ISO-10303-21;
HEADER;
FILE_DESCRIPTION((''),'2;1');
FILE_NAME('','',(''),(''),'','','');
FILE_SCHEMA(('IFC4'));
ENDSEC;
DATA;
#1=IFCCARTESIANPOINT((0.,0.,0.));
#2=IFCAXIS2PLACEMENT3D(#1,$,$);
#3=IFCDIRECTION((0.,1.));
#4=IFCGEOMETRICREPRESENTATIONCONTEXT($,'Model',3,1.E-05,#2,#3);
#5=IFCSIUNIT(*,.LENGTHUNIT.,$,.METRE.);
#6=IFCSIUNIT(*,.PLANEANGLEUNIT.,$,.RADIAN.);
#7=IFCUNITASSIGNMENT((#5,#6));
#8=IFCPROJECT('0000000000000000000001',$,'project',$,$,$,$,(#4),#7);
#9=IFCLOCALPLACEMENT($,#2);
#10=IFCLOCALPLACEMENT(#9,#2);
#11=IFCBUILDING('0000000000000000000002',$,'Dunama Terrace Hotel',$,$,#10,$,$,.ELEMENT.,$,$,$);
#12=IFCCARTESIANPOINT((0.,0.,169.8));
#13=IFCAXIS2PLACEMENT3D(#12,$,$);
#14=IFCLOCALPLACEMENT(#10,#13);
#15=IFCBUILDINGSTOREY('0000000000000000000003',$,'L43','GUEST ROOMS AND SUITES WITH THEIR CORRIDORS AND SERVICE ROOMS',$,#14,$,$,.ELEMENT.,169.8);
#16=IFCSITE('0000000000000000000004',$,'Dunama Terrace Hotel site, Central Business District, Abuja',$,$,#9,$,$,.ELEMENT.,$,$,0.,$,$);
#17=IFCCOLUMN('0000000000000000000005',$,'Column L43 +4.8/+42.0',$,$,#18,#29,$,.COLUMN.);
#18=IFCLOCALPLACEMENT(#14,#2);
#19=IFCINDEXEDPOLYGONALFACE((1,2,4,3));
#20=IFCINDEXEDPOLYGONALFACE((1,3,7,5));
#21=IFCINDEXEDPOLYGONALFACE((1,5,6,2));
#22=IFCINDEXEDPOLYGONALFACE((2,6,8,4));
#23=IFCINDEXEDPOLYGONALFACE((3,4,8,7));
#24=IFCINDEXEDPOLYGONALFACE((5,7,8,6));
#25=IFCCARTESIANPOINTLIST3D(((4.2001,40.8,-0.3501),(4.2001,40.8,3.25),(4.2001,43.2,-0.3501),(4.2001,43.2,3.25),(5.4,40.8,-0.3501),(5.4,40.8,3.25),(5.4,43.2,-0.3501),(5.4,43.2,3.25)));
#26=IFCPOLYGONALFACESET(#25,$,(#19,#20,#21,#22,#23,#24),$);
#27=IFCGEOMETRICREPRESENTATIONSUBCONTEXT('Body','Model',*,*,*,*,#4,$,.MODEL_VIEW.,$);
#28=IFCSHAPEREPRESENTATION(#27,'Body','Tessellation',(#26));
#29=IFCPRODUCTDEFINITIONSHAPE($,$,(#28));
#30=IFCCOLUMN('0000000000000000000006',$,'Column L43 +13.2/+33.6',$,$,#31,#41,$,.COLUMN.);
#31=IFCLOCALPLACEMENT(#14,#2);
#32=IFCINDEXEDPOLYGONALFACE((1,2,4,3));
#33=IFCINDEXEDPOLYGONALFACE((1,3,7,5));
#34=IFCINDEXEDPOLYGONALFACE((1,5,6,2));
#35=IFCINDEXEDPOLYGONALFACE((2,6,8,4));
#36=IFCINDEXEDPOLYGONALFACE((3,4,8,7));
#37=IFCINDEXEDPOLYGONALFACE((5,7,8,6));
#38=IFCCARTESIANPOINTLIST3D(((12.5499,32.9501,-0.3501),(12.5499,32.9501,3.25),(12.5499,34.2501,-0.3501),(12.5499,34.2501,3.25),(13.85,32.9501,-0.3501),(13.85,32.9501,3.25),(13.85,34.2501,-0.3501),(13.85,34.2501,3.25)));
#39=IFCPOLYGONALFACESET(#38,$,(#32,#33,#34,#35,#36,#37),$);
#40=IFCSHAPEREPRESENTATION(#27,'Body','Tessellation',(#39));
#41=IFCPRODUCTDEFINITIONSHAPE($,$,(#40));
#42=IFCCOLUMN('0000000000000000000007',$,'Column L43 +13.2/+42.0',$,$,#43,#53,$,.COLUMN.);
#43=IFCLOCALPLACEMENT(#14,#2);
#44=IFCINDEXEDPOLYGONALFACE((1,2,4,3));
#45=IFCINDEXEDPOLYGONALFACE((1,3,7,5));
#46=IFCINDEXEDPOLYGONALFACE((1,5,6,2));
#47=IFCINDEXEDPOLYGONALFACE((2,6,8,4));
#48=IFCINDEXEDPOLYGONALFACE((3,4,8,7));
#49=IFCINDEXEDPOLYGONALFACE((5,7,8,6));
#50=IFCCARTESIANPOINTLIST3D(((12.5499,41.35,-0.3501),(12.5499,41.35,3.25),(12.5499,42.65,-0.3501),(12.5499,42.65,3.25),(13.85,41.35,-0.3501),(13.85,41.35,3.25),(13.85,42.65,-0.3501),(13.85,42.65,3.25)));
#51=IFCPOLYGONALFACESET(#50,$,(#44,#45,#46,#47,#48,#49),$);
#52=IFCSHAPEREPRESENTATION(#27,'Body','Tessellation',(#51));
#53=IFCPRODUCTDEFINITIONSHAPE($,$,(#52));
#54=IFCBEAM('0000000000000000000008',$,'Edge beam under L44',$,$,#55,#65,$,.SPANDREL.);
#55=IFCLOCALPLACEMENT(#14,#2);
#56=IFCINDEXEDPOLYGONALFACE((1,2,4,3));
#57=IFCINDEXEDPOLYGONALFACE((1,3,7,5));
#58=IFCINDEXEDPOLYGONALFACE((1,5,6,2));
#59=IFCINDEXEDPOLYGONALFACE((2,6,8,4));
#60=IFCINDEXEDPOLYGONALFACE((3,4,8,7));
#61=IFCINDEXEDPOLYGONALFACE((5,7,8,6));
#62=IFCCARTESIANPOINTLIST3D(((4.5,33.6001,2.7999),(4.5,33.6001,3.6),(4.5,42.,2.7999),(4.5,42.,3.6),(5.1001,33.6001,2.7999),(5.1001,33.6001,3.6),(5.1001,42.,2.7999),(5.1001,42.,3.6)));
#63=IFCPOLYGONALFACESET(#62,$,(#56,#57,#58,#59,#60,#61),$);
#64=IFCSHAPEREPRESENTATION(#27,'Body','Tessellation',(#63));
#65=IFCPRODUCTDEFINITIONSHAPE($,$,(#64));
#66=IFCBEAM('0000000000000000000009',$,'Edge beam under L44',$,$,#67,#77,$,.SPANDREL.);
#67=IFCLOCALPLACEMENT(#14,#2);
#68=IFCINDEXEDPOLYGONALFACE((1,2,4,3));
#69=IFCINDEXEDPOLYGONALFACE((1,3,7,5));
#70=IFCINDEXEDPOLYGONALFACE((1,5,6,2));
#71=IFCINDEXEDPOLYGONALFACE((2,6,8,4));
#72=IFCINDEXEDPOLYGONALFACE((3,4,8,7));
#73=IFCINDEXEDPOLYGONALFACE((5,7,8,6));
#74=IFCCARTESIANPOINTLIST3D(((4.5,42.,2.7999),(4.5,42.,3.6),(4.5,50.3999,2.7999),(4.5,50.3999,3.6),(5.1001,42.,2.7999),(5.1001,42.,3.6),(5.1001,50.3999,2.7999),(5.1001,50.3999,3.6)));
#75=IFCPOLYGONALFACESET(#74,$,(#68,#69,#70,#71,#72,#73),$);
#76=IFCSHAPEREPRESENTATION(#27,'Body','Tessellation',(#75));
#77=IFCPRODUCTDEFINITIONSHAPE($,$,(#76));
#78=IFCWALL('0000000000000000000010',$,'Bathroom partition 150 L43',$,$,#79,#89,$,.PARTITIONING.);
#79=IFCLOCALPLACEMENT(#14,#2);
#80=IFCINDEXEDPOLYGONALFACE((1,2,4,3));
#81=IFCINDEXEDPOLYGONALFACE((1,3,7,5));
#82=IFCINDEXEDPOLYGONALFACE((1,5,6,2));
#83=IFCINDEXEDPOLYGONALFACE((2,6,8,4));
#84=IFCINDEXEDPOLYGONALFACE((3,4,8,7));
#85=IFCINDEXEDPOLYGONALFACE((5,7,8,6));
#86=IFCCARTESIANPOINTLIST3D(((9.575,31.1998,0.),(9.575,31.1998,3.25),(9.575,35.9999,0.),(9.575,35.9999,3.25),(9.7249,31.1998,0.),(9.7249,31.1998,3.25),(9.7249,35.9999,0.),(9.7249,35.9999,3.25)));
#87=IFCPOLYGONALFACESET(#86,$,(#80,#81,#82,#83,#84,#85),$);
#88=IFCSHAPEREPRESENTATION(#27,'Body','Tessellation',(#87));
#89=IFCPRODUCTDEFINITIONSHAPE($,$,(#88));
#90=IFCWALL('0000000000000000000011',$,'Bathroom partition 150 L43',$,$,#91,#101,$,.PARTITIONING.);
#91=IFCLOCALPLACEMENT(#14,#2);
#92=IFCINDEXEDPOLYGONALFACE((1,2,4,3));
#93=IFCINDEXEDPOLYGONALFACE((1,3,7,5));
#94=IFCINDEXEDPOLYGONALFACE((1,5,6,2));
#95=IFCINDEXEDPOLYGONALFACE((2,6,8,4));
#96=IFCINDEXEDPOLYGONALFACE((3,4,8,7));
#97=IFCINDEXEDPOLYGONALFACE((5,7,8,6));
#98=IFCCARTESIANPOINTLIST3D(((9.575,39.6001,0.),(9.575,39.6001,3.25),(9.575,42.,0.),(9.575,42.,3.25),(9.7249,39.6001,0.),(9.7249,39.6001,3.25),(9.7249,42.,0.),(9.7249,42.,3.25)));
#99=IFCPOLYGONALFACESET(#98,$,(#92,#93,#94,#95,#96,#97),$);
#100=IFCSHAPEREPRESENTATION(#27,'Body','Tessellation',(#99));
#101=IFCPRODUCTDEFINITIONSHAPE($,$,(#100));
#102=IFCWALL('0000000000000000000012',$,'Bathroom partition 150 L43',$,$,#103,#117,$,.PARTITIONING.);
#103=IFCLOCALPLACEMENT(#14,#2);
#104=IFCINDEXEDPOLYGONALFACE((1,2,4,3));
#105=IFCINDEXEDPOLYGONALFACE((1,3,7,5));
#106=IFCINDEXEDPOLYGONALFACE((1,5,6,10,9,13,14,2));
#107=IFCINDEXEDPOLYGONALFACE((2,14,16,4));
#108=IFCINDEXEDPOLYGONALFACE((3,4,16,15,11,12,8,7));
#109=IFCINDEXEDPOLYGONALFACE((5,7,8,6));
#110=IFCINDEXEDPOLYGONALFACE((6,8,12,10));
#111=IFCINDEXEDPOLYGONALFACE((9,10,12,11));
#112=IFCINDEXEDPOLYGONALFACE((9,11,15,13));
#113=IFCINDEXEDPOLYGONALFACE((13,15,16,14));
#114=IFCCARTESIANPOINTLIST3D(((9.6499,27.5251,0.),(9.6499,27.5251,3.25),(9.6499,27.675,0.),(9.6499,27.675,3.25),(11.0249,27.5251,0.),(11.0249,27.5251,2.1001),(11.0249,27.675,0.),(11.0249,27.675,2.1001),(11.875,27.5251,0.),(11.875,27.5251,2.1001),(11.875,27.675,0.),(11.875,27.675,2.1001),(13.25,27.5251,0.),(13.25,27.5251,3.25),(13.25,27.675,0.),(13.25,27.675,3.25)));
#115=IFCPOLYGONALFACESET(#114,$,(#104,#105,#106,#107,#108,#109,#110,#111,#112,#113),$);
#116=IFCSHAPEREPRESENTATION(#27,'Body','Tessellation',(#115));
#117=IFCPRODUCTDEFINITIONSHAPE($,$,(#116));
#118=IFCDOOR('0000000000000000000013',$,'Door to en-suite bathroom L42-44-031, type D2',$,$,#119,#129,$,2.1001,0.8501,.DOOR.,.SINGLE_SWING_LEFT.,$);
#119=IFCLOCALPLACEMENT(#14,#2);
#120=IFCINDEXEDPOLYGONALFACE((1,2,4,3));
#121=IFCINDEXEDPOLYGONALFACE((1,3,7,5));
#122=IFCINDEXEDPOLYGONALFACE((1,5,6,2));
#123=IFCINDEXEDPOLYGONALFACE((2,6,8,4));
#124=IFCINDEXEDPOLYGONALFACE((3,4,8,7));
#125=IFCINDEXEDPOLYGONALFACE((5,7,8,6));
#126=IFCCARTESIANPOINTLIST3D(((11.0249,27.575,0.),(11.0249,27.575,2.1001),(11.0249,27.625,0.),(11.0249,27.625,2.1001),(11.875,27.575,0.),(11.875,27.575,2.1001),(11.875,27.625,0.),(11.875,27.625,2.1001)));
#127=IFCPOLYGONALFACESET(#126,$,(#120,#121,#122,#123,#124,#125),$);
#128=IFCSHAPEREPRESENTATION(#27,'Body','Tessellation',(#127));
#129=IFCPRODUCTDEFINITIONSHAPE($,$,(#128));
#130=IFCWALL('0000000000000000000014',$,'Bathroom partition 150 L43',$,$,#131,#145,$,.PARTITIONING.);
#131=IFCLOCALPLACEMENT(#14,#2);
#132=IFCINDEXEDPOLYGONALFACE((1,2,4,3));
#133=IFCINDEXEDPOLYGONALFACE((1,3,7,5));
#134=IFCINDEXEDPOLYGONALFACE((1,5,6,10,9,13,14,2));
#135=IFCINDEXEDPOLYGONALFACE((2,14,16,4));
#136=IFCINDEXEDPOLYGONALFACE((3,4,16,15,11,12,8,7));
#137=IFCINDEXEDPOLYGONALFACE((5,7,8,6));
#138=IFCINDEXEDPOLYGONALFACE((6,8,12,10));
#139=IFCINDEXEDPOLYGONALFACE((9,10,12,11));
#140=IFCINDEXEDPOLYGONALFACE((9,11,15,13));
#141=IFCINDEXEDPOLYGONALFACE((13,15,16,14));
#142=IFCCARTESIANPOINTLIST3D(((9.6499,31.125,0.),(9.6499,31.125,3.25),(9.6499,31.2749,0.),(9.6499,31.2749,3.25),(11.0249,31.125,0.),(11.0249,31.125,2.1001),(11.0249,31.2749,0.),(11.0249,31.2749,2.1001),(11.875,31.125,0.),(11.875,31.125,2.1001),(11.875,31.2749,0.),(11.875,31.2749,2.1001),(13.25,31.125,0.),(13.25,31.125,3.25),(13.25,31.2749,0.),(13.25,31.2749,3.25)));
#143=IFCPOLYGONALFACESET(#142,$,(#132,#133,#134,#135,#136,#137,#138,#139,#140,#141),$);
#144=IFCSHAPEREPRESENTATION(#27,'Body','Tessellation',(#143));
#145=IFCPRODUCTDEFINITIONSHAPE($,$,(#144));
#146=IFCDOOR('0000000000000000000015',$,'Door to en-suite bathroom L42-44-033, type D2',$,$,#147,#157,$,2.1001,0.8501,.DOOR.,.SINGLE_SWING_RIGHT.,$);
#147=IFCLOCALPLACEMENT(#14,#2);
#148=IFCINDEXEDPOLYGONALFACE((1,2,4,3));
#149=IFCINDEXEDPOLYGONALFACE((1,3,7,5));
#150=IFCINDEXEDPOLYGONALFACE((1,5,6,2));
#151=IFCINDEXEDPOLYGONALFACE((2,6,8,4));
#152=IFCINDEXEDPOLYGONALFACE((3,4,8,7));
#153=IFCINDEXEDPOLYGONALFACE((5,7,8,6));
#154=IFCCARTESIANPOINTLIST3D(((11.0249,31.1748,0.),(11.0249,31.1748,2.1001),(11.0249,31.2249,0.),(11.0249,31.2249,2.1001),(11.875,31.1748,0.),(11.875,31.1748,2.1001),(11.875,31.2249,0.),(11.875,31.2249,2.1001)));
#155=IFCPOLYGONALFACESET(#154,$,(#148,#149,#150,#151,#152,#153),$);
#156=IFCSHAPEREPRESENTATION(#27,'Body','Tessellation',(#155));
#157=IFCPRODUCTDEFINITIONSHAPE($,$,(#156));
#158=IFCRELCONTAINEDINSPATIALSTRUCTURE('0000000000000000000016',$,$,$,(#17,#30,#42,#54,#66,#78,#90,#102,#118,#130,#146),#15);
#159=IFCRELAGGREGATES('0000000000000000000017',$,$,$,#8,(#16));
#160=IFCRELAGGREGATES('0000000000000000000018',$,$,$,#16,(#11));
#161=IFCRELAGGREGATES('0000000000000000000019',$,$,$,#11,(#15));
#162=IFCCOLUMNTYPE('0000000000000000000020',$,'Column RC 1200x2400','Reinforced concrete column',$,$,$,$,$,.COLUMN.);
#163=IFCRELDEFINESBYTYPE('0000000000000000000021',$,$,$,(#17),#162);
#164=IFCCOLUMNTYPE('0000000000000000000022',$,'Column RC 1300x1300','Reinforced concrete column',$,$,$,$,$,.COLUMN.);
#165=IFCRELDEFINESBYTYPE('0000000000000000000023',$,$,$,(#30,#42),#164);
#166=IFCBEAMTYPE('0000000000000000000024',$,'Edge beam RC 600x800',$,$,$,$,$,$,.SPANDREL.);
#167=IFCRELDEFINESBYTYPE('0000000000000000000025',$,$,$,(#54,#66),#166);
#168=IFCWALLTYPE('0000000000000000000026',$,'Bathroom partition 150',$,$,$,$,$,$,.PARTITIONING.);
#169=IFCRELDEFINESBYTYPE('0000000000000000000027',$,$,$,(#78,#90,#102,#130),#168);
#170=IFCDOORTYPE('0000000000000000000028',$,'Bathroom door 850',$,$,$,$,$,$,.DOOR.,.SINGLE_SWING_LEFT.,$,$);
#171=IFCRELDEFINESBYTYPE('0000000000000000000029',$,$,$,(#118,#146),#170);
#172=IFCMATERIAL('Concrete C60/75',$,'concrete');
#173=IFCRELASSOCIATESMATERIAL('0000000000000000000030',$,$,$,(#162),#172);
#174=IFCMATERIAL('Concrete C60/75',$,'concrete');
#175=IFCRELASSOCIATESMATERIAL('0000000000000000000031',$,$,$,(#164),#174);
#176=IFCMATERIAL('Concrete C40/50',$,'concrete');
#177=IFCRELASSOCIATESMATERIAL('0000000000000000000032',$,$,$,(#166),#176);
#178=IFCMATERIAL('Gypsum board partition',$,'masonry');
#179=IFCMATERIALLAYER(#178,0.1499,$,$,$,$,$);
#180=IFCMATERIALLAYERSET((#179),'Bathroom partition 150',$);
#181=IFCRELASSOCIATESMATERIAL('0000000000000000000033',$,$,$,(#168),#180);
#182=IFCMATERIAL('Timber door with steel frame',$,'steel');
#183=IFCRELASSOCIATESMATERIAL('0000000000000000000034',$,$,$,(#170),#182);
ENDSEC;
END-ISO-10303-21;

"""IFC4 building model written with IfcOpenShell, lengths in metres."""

from ifc_helpers import new_model, si_unit, direction, frame, frame_2d, origin, origin_2d, place, context, subcontext, project, spatial, rectangle, extrude, material, layer, layer_set, material_profile, profile_set, type_object, element, fill, save


model = new_model("IFC4")

# Units and contexts
model_context = context("Model", 3, precision=1e-05, world=origin(), true_north=direction((0.0, 1.0)))
body_context = subcontext(model_context, "Body", "Model", "MODEL_VIEW")
ifc_project = project(units=[si_unit("LENGTHUNIT", "METRE"), si_unit("PLANEANGLEUNIT", "RADIAN")], contexts=[model_context])

# Site, building, storey
site_placement = place(None, origin())
site = spatial("IfcSite", under=ifc_project, at=site_placement, Name="Dunama Terrace Hotel site, Central Business District, Abuja", CompositionType="ELEMENT", RefElevation=0.0)
building_placement = place(site_placement, origin())
building = spatial("IfcBuilding", under=site, at=building_placement, Name="Dunama Terrace Hotel", CompositionType="ELEMENT")
storey_placement = place(building_placement, frame((0.0, 0.0, 169.8)))
storey = spatial("IfcBuildingStorey", under=building, at=storey_placement, Name="L43", Description="GUEST ROOMS AND SUITES WITH THEIR CORRIDORS AND SERVICE ROOMS", CompositionType="ELEMENT", Elevation=169.8)

# Columns
ifc_material_1 = material(Name="Concrete C60/75", Category="concrete")
ifc_material_profile_1 = material_profile(ifc_material_1, rectangle(XDim=1.2, YDim=2.3999, at=origin_2d()), Name="RC 1200x2400")
ifc_profile_set_1 = profile_set([ifc_material_profile_1], Name="Concrete C60/75")
column_type_1 = type_object("IfcColumnType", Name="Column RC 1200x2400", Description="Reinforced concrete column", PredefinedType="COLUMN", material=ifc_profile_set_1)
column_placement = place(storey_placement, frame((4.8, 42.0, -0.3501), z_axis=(0.0, 0.0, 1.0), x_axis=(1.0, 0.0, 0.0)))
element("IfcColumn", 1, at=column_placement, inside=storey, type_object=column_type_1, Name="Column L43 +4.8/+42.0", PredefinedType="COLUMN", context=body_context, shape_type="SweptSolid", body=[
    extrude(rectangle(XDim=1.2, YDim=2.3999, at=origin_2d()), origin(), (0.0, 0.0, 1.0), 3.6001),
])
ifc_material_2 = material(Name="Concrete C60/75", Category="concrete")
ifc_material_profile_2 = material_profile(ifc_material_2, rectangle(XDim=1.3, YDim=1.3, at=origin_2d()), Name="RC 1300x1300")
ifc_profile_set_2 = profile_set([ifc_material_profile_2], Name="Concrete C60/75")
column_type_2 = type_object("IfcColumnType", Name="Column RC 1300x1300", Description="Reinforced concrete column", PredefinedType="COLUMN", material=ifc_profile_set_2)
for number, where, z_axis, x_axis, name in (
    (2, (13.2, 33.6001, -0.3501), (0.0, 0.0, 1.0), (1.0, 0.0, 0.0), "Column L43 +13.2/+33.6"),
    (3, (13.2, 42.0, -0.3501), (0.0, 0.0, 1.0), (1.0, 0.0, 0.0), "Column L43 +13.2/+42.0"),
):
    element("IfcColumn", number, at=place(storey_placement, frame(where, z_axis=z_axis, x_axis=x_axis)), inside=storey, type_object=column_type_2, Name=name, PredefinedType="COLUMN", context=body_context, shape_type="SweptSolid", body=[
        extrude(rectangle(XDim=1.3, YDim=1.3, at=origin_2d()), origin(), (0.0, 0.0, 1.0), 3.6001),
    ])

# Beams
ifc_material_3 = material(Name="Concrete C40/50", Category="concrete")
ifc_material_profile_3 = material_profile(ifc_material_3, rectangle(XDim=0.6001, YDim=0.8, at=origin_2d()), Name="RC 600x800")
ifc_profile_set_3 = profile_set([ifc_material_profile_3], Name="Concrete C40/50")
beam_type = type_object("IfcBeamType", Name="Edge beam RC 600x800", PredefinedType="SPANDREL", material=ifc_profile_set_3)
for number, where, z_axis, x_axis, name in (
    (4, (4.8, 33.6001, 3.2), (0.0, 1.0, 0.0), (-1.0, 0.0, 0.0), "Edge beam under L44"),
    (5, (4.8, 42.0, 3.2), (0.0, 1.0, 0.0), (-1.0, 0.0, 0.0), "Edge beam under L44"),
):
    element("IfcBeam", number, at=place(storey_placement, frame(where, z_axis=z_axis, x_axis=x_axis)), inside=storey, type_object=beam_type, Name=name, PredefinedType="SPANDREL", context=body_context, shape_type="SweptSolid", body=[
        extrude(rectangle(XDim=0.6001, YDim=0.8, at=origin_2d()), origin(), (0.0, 0.0, 1.0), 8.3999),
    ])

# Walls
ifc_material_4 = material(Name="Gypsum board partition", Category="masonry")
ifc_layer = layer(ifc_material_4, 0.1499)
ifc_layer_set = layer_set([ifc_layer], Name="Bathroom partition 150")
wall_type = type_object("IfcWallType", Name="Bathroom partition 150", PredefinedType="PARTITIONING", material=ifc_layer_set)
wall_1_placement = place(storey_placement, frame((9.6499, 31.2, 0.0), z_axis=(0.0, 0.0, 1.0), x_axis=(0.0, 1.0, 0.0)))
element("IfcWall", 6, at=wall_1_placement, inside=storey, type_object=wall_type, Name="Bathroom partition 150 L43", PredefinedType="PARTITIONING", context=body_context, shape_type="SweptSolid", body=[
    extrude(rectangle(XDim=4.8, YDim=0.1499, at=frame_2d((2.3999, 0.0))), origin(), (0.0, 0.0, 1.0), 3.25),
])
wall_2_placement = place(storey_placement, frame((9.6499, 39.6001, 0.0), z_axis=(0.0, 0.0, 1.0), x_axis=(0.0, 1.0, 0.0)))
element("IfcWall", 7, at=wall_2_placement, inside=storey, type_object=wall_type, Name="Bathroom partition 150 L43", PredefinedType="PARTITIONING", context=body_context, shape_type="SweptSolid", body=[
    extrude(rectangle(XDim=2.3999, YDim=0.1499, at=frame_2d((1.2, 0.0))), origin(), (0.0, 0.0, 1.0), 3.25),
])

# Walls, openings, doors
wall_3_placement = place(storey_placement, frame((9.6499, 27.6001, 0.0), z_axis=(0.0, 0.0, 1.0), x_axis=(1.0, 0.0, 0.0)))
wall_3 = element("IfcWall", 8, at=wall_3_placement, inside=storey, type_object=wall_type, Name="Bathroom partition 150 L43", PredefinedType="PARTITIONING", context=body_context, shape_type="SweptSolid", body=[
    extrude(rectangle(XDim=3.6001, YDim=0.1499, at=frame_2d((1.8, 0.0))), origin(), (0.0, 0.0, 1.0), 3.25),
])
opening_1_placement = place(wall_3_placement, frame((1.375, 0.0, 0.0)))
opening_1 = element("IfcOpeningElement", 9, at=opening_1_placement, cuts=wall_3, PredefinedType="OPENING", context=body_context, shape_type="SweptSolid", body=[
    extrude(rectangle(XDim=0.8501, YDim=2.1001, at=frame_2d((0.425, 1.05))), frame((0.0, 0.085, 0.0), z_axis=(0.0, -1.0, 0.0), x_axis=(1.0, 0.0, 0.0)), (0.0, 0.0, 1.0), 0.1699),
])
ifc_material_5 = material(Name="Timber door with steel frame", Category="steel")
door_type = type_object("IfcDoorType", Name="Bathroom door 850", OperationType="SINGLE_SWING_LEFT", PredefinedType="DOOR", material=ifc_material_5)
door_1_placement = place(opening_1_placement, frame((0.8501, 0.0, 0.0), z_axis=(0.0, 0.0, 1.0), x_axis=(-1.0, 0.0, 0.0)))
door_1 = element("IfcDoor", 10, at=door_1_placement, inside=storey, type_object=door_type, Name="Door to en-suite bathroom L42-44-031, type D2", OperationType="SINGLE_SWING_LEFT", OverallHeight=2.1001, OverallWidth=0.8501, PredefinedType="DOOR", context=body_context, shape_type="SweptSolid", body=[
    extrude(rectangle(XDim=0.8501, YDim=2.1001, at=frame_2d((0.425, 1.05))), frame((0.0, 0.0251, 0.0), z_axis=(0.0, -1.0, 0.0), x_axis=(1.0, 0.0, 0.0)), (0.0, 0.0, 1.0), 0.05),
])
fill(opening_1, door_1)
wall_4_placement = place(storey_placement, frame((9.6499, 31.2, 0.0), z_axis=(0.0, 0.0, 1.0), x_axis=(1.0, 0.0, 0.0)))
wall_4 = element("IfcWall", 11, at=wall_4_placement, inside=storey, type_object=wall_type, Name="Bathroom partition 150 L43", PredefinedType="PARTITIONING", context=body_context, shape_type="SweptSolid", body=[
    extrude(rectangle(XDim=3.6001, YDim=0.1499, at=frame_2d((1.8, 0.0))), origin(), (0.0, 0.0, 1.0), 3.25),
])
opening_2_placement = place(wall_4_placement, frame((1.375, 0.0, 0.0)))
opening_2 = element("IfcOpeningElement", 12, at=opening_2_placement, cuts=wall_4, PredefinedType="OPENING", context=body_context, shape_type="SweptSolid", body=[
    extrude(rectangle(XDim=0.8501, YDim=2.1001, at=frame_2d((0.425, 1.05))), frame((0.0, 0.085, 0.0), z_axis=(0.0, -1.0, 0.0), x_axis=(1.0, 0.0, 0.0)), (0.0, 0.0, 1.0), 0.1699),
])
door_2_placement = place(opening_2_placement, origin())
door_2 = element("IfcDoor", 13, at=door_2_placement, inside=storey, type_object=door_type, Name="Door to en-suite bathroom L42-44-033, type D2", OperationType="SINGLE_SWING_RIGHT", OverallHeight=2.1001, OverallWidth=0.8501, PredefinedType="DOOR", context=body_context, shape_type="SweptSolid", body=[
    extrude(rectangle(XDim=0.8501, YDim=2.1001, at=frame_2d((0.425, 1.05))), frame((0.0, 0.0249, 0.0), z_axis=(0.0, -1.0, 0.0), x_axis=(1.0, 0.0, 0.0)), (0.0, 0.0, 1.0), 0.05),
])
fill(opening_2, door_2)

save(model, "model.ifc")
